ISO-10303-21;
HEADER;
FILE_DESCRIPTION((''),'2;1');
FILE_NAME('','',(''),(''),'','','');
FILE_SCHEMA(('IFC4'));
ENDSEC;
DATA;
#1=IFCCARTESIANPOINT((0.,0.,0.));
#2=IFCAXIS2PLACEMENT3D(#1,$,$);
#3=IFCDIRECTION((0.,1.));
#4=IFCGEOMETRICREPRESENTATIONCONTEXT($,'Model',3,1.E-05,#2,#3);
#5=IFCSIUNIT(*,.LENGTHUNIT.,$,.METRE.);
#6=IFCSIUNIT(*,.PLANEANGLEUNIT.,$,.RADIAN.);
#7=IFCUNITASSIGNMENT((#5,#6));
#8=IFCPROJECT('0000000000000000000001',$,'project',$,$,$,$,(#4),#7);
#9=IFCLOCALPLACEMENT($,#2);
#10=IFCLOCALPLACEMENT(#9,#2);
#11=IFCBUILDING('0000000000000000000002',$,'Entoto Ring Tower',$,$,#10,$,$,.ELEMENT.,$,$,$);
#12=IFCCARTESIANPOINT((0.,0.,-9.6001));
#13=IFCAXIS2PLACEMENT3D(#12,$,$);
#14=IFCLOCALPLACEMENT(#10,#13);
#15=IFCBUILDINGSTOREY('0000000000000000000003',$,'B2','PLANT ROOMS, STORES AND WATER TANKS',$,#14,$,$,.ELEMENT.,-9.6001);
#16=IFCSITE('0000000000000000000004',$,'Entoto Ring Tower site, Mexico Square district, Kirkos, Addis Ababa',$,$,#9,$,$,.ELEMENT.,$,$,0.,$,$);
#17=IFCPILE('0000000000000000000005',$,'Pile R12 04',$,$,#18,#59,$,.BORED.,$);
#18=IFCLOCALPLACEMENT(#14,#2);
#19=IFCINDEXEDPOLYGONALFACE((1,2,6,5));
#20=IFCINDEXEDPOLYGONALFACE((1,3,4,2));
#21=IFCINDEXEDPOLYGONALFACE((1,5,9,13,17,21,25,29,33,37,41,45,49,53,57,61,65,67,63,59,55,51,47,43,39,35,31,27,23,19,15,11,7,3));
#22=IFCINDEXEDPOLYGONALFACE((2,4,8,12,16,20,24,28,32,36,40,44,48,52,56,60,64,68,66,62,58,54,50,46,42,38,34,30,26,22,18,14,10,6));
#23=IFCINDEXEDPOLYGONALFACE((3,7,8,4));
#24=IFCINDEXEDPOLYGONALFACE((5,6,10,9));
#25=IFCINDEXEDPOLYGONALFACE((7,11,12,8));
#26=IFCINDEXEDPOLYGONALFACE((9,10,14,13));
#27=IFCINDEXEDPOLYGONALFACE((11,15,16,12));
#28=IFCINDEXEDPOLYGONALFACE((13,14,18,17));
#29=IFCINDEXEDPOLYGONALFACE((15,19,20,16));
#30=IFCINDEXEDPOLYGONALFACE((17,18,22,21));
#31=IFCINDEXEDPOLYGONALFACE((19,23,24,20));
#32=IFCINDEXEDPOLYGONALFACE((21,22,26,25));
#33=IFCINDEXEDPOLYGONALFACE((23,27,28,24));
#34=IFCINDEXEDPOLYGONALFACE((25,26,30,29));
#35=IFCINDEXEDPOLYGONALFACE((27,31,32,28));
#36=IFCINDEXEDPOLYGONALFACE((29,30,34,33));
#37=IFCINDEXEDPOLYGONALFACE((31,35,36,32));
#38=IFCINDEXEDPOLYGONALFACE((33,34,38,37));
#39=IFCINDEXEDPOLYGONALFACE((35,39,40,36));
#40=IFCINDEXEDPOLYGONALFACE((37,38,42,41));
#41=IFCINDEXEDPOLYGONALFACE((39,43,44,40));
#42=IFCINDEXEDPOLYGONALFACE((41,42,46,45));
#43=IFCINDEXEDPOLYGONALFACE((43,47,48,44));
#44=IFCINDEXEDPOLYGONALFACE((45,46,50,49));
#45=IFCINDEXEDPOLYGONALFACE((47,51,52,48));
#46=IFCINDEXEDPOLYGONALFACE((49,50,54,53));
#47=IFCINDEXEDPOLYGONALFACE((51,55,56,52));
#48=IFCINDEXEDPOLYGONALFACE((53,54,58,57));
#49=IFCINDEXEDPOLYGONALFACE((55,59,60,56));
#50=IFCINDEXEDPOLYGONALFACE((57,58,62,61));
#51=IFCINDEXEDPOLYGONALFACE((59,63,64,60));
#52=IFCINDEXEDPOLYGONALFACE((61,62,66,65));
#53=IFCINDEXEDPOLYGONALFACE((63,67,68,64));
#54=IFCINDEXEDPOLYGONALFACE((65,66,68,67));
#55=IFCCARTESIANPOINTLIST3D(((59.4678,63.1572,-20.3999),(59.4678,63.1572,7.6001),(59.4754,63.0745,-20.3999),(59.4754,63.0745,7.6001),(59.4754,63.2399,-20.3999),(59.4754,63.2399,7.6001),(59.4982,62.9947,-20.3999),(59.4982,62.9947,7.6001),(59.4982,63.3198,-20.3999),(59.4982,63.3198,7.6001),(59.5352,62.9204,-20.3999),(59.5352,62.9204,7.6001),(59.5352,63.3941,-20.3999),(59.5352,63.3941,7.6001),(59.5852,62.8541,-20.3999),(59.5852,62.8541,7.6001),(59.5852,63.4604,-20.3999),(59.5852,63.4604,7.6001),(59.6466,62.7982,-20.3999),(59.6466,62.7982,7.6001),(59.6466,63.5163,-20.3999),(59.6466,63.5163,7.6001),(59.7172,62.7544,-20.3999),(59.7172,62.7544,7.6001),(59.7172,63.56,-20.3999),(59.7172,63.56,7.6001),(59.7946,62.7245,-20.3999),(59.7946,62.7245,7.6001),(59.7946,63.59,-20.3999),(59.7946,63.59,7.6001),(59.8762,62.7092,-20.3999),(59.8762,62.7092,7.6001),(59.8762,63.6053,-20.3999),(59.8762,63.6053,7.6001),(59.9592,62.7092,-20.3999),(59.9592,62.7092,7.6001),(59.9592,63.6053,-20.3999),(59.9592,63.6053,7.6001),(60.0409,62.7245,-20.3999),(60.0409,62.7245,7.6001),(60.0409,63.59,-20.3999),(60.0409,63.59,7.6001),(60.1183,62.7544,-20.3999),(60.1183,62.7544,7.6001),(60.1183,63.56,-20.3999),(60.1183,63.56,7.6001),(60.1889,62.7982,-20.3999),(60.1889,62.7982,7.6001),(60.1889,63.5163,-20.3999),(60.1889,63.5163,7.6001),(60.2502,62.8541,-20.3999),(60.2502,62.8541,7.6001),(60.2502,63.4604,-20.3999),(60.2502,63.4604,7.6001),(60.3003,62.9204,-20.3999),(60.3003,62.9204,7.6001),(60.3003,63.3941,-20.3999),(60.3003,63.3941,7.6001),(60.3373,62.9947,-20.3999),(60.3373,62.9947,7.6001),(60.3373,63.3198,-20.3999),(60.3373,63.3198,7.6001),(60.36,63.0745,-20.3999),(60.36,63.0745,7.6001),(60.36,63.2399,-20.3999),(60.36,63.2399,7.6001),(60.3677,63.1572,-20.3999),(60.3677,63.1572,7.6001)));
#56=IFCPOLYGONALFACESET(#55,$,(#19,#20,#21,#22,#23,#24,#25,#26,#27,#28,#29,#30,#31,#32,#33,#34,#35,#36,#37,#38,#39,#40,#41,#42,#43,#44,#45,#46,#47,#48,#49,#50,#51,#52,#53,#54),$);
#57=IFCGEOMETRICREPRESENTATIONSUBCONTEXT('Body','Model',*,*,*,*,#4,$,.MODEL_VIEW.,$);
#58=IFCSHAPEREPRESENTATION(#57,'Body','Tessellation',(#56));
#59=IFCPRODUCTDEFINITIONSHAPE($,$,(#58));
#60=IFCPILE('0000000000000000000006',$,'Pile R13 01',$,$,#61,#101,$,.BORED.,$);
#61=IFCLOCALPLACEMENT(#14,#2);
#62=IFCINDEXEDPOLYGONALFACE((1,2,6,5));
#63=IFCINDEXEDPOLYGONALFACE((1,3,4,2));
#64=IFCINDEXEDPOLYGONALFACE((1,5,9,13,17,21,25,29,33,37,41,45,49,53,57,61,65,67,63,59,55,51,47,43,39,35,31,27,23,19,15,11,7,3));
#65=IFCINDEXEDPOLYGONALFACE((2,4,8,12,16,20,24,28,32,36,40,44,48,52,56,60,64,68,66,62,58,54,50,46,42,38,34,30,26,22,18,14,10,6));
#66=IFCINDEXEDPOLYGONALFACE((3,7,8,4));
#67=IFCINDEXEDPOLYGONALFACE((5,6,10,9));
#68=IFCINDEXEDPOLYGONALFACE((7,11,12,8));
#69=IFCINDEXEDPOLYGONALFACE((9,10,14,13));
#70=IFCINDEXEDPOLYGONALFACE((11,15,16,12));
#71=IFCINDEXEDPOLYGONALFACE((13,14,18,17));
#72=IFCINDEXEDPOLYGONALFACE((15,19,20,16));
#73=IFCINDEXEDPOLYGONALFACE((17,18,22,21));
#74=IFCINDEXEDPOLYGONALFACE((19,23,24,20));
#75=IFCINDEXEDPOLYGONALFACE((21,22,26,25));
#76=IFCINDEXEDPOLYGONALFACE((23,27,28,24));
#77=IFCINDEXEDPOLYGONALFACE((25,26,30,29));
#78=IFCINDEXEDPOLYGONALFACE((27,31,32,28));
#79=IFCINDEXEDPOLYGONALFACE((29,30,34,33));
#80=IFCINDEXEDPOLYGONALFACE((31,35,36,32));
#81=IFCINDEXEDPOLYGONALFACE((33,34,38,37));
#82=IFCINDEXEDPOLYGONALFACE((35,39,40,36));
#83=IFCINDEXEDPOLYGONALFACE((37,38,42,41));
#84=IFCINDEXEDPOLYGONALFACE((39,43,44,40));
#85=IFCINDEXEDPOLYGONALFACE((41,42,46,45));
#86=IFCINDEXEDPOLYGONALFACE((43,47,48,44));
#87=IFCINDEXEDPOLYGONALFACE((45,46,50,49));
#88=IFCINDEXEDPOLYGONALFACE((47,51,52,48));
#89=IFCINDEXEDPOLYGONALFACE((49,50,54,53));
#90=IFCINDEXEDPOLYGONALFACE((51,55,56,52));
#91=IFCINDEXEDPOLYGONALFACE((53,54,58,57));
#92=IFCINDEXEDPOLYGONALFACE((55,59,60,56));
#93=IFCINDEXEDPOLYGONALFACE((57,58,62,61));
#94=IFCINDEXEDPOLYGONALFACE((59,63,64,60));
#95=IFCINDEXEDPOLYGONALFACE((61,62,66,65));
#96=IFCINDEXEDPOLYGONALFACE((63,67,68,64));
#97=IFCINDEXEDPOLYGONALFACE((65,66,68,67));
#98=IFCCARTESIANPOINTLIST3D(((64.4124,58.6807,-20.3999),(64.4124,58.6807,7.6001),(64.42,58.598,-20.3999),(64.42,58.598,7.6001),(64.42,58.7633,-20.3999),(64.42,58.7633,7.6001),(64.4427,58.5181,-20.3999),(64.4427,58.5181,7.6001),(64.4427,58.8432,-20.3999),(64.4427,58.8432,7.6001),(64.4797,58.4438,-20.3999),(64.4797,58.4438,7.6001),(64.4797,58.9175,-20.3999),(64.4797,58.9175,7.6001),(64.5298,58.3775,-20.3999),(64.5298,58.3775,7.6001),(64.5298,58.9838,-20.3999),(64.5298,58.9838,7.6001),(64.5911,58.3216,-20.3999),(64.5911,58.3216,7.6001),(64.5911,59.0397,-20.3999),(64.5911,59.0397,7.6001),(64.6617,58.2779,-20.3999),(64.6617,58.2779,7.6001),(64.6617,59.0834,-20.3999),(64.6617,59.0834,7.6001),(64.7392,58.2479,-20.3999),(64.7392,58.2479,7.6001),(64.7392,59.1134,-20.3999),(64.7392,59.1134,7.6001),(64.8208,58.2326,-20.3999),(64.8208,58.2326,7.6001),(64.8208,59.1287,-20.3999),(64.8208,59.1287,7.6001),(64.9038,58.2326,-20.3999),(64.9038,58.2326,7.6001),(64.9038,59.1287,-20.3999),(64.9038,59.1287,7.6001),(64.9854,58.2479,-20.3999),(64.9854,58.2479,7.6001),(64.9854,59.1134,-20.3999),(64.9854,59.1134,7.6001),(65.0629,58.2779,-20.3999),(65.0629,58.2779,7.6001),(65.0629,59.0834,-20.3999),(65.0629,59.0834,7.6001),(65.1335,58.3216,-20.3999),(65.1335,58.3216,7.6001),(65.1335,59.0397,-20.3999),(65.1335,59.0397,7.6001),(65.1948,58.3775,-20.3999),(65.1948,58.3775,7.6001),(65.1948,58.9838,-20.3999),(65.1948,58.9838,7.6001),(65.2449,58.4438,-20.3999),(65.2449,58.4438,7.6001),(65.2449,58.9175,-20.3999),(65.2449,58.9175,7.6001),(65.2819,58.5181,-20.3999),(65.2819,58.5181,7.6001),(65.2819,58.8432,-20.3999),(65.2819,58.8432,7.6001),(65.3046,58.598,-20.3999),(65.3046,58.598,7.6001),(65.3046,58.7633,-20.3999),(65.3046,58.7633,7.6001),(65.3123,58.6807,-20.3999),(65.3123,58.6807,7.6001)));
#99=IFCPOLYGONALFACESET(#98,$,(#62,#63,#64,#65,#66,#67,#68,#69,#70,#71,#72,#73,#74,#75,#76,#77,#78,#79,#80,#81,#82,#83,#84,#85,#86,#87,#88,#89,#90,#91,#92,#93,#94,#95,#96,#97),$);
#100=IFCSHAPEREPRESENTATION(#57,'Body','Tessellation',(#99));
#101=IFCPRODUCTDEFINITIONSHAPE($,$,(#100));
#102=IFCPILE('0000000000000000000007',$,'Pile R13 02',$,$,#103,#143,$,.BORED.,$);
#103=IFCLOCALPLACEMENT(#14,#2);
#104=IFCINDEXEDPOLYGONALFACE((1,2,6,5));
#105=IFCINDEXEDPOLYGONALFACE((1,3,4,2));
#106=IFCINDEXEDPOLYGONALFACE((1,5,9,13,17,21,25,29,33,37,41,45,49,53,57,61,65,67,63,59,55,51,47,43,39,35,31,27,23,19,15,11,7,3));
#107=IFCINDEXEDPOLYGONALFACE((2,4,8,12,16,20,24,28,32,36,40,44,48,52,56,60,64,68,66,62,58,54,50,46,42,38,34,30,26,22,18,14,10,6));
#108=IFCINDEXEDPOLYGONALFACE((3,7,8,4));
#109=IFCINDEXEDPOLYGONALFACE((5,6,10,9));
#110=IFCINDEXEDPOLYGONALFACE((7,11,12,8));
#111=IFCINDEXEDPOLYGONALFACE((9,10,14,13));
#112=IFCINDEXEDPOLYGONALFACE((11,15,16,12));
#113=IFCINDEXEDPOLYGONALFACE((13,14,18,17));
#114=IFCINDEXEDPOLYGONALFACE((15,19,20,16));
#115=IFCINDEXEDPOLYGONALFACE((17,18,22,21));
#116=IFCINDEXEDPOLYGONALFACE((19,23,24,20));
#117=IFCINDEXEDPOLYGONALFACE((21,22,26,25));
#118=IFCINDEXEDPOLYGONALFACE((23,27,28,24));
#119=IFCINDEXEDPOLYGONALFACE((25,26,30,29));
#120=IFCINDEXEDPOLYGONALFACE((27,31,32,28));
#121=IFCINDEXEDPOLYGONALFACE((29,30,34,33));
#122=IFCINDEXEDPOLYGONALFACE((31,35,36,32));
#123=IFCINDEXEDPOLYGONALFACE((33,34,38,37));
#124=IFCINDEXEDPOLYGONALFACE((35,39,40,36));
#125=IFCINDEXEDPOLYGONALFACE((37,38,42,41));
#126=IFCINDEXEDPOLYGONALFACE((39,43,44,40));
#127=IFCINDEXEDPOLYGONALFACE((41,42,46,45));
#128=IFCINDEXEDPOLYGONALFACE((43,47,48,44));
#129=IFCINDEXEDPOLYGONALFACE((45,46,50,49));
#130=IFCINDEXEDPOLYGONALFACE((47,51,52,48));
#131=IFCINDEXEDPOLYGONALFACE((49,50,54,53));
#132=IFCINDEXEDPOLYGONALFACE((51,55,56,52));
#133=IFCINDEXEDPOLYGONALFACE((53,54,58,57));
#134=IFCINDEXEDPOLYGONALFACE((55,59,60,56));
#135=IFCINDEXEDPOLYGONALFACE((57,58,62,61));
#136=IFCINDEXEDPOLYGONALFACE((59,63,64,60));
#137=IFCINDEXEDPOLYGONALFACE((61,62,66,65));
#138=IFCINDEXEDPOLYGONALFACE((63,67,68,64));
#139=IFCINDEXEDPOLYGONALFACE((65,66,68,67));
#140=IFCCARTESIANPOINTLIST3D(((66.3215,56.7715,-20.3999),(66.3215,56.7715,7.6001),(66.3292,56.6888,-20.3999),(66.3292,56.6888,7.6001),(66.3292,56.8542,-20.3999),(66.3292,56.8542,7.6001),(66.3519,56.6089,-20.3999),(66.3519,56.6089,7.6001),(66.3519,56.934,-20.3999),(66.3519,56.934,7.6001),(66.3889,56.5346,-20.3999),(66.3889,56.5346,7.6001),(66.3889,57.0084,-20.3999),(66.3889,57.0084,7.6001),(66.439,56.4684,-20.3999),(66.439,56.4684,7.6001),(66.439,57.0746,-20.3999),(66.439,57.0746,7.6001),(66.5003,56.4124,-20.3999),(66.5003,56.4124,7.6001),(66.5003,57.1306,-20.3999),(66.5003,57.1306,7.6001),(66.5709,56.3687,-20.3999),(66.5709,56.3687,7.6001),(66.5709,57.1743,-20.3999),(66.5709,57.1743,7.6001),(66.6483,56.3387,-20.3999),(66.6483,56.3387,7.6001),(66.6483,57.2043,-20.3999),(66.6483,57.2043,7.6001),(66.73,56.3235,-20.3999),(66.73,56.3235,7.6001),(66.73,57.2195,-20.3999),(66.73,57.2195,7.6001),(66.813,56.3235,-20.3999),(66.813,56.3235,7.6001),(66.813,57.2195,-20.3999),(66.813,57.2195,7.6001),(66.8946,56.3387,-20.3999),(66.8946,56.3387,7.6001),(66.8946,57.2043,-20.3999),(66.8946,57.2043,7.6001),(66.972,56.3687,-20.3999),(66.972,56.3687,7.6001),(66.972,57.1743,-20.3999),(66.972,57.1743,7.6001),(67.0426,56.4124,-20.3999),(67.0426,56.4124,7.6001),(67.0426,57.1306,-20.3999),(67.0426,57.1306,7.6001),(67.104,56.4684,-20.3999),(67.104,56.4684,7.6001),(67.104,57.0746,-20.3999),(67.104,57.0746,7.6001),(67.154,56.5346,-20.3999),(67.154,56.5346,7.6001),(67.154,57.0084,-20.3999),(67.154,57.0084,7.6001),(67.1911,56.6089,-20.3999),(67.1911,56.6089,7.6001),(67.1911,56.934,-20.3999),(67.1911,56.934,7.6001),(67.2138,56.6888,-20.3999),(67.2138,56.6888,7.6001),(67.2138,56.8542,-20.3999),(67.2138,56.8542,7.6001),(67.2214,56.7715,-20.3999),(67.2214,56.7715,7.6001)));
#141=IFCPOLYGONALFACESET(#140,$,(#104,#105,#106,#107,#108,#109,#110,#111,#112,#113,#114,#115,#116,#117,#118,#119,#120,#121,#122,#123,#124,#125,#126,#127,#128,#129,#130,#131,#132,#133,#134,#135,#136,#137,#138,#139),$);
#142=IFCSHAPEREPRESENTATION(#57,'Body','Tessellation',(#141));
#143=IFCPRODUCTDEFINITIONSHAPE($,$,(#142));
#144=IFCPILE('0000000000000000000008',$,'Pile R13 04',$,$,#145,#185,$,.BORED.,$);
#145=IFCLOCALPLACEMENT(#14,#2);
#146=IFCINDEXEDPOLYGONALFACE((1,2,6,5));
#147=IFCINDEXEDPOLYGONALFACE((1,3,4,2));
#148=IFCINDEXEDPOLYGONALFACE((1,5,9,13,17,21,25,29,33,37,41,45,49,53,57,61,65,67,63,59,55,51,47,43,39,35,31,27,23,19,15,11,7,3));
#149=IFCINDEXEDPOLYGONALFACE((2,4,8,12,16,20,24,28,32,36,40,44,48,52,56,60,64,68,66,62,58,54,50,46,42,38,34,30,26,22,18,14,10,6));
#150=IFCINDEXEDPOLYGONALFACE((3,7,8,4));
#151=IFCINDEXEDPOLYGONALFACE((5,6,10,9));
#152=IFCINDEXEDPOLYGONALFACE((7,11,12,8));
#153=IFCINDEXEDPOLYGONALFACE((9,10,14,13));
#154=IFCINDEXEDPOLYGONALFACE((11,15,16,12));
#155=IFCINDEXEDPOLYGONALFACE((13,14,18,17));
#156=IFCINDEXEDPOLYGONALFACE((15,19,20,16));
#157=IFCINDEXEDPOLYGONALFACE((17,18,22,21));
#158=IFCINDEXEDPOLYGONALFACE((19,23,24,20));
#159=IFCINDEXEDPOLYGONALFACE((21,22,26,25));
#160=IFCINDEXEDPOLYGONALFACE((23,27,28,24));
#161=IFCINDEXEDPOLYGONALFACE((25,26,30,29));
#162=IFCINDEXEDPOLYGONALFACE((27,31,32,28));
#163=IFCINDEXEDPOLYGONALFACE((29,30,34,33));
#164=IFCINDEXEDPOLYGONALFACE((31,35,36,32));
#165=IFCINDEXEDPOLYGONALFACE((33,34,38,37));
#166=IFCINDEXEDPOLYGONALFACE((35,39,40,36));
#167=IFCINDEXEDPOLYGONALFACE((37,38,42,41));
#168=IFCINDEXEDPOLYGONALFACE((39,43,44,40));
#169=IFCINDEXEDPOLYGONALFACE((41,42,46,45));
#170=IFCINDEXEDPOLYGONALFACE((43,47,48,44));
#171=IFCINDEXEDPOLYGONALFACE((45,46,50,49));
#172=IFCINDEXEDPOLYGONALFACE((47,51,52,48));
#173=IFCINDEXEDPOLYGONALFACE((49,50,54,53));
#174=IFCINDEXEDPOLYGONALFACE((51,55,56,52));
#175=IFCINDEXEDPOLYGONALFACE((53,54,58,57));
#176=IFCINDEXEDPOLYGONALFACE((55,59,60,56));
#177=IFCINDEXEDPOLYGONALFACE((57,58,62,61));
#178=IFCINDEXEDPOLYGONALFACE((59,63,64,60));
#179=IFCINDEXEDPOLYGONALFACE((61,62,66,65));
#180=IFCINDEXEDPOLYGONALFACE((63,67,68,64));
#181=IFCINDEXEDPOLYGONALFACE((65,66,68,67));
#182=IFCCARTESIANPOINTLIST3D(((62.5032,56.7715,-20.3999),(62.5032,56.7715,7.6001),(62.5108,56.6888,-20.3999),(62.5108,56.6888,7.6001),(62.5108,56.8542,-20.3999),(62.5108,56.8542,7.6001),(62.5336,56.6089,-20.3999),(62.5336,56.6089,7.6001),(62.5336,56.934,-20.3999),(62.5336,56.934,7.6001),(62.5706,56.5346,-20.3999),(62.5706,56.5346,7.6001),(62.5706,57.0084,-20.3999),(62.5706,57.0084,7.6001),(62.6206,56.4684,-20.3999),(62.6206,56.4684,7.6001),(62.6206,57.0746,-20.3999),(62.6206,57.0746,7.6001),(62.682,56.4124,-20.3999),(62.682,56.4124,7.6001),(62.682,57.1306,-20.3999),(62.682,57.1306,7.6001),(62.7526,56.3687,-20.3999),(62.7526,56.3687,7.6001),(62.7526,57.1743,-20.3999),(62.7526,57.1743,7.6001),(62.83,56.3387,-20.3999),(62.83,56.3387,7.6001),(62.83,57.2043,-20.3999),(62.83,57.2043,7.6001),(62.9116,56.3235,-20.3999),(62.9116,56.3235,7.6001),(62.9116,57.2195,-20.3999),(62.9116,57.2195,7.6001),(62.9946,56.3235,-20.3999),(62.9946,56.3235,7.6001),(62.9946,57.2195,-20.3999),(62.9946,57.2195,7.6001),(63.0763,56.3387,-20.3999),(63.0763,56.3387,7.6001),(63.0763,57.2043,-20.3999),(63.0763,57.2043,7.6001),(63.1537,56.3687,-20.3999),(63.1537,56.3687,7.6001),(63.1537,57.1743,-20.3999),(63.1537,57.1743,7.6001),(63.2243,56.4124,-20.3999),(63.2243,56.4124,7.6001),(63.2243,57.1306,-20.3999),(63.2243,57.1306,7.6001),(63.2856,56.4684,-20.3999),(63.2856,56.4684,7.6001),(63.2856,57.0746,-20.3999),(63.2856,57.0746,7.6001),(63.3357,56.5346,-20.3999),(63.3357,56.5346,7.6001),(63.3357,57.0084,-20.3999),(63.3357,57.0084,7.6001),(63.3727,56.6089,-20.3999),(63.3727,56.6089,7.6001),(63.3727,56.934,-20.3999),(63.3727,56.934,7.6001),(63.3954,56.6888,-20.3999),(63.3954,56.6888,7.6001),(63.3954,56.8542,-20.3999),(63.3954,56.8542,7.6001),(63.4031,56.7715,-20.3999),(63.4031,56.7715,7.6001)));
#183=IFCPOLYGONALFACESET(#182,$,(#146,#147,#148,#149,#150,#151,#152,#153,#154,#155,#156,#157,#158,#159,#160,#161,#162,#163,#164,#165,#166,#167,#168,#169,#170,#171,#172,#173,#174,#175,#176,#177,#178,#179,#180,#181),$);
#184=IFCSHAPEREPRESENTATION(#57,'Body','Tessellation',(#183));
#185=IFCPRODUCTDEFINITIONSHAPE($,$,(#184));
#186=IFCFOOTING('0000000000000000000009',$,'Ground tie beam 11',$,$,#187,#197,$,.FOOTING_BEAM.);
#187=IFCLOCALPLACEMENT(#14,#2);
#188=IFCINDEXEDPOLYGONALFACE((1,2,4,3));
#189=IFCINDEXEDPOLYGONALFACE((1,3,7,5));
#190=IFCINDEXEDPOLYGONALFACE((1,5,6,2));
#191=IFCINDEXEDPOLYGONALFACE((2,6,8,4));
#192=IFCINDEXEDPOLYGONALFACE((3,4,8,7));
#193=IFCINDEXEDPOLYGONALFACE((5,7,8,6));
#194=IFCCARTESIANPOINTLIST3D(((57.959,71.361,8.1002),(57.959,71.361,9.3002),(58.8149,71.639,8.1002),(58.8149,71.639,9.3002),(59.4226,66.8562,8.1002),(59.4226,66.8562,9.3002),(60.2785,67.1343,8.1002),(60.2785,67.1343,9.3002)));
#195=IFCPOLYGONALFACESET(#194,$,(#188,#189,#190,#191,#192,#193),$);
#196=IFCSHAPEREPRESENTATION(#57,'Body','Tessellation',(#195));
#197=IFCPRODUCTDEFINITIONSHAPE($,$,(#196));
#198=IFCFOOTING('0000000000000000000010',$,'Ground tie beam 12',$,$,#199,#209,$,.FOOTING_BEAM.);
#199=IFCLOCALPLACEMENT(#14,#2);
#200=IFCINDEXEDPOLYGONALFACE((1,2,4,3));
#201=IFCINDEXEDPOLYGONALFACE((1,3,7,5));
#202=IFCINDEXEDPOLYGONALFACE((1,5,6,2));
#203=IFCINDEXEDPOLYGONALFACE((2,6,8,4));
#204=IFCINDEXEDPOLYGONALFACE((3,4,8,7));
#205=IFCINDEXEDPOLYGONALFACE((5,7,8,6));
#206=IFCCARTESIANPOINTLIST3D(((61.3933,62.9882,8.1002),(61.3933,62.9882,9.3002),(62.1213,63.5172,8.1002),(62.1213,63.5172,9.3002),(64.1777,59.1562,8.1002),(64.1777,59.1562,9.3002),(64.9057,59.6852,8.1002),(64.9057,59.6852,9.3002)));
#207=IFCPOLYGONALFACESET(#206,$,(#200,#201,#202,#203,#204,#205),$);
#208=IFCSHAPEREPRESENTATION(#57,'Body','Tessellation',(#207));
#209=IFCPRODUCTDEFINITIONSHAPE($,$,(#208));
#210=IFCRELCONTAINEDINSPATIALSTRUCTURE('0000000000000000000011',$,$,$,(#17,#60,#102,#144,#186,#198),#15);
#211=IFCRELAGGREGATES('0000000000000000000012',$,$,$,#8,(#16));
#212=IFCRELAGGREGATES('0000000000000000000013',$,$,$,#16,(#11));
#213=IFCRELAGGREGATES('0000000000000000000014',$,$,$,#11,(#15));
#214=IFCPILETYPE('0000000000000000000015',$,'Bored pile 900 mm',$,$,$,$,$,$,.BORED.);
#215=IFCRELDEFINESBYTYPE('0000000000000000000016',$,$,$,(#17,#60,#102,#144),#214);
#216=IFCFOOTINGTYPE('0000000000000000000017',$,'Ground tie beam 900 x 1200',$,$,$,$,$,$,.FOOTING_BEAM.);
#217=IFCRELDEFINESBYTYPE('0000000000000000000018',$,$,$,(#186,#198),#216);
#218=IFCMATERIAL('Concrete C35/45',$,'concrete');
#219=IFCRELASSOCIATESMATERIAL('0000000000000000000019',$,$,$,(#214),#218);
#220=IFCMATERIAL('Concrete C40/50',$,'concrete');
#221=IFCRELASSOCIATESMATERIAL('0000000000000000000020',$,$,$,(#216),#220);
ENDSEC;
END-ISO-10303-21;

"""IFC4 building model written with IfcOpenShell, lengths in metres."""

from ifc_helpers import new_model, si_unit, direction, frame, origin, origin_2d, place, context, subcontext, project, spatial, rectangle, circle, extrude, material, material_profile, profile_set, type_object, element, save


model = new_model("IFC4")

# Units and contexts
model_context = context("Model", 3, precision=1e-05, world=origin(), true_north=direction((0.0, 1.0)))
body_context = subcontext(model_context, "Body", "Model", "MODEL_VIEW")
ifc_project = project(units=[si_unit("LENGTHUNIT", "METRE"), si_unit("PLANEANGLEUNIT", "RADIAN")], contexts=[model_context])

# Site, building, storey
site_placement = place(None, origin())
site = spatial("IfcSite", under=ifc_project, at=site_placement, Name="Entoto Ring Tower site, Mexico Square district, Kirkos, Addis Ababa", CompositionType="ELEMENT", RefElevation=0.0)
building_placement = place(site_placement, origin())
building = spatial("IfcBuilding", under=site, at=building_placement, Name="Entoto Ring Tower", CompositionType="ELEMENT")
storey_placement = place(building_placement, frame((0.0, 0.0, -9.6001)))
storey = spatial("IfcBuildingStorey", under=building, at=storey_placement, Name="B2", Description="PLANT ROOMS, STORES AND WATER TANKS", CompositionType="ELEMENT", Elevation=-9.6001)

# Piles
ifc_material_1 = material(Name="Concrete C35/45", Category="concrete")
ifc_material_profile_1 = material_profile(ifc_material_1, circle(Radius=0.45, at=origin_2d()), Name="Bored pile 900 mm")
ifc_profile_set_1 = profile_set([ifc_material_profile_1], Name="Concrete C35/45")
pile_type = type_object("IfcPileType", Name="Bored pile 900 mm", PredefinedType="BORED", material=ifc_profile_set_1)
for number, where, z_axis, x_axis, name in (
    (1, (59.9177, 63.1572, 7.6001), (0.0, 0.0, -1.0), (1.0, 0.0, 0.0), "Pile R12 04"),
    (2, (64.8623, 58.6807, 7.6001), (0.0, 0.0, -1.0), (1.0, 0.0, 0.0), "Pile R13 01"),
    (3, (66.7715, 56.7715, 7.6001), (0.0, 0.0, -1.0), (1.0, 0.0, 0.0), "Pile R13 02"),
    (4, (62.9531, 56.7715, 7.6001), (0.0, 0.0, -1.0), (1.0, 0.0, 0.0), "Pile R13 04"),
):
    element("IfcPile", number, at=place(storey_placement, frame(where, z_axis=z_axis, x_axis=x_axis)), inside=storey, type_object=pile_type, Name=name, PredefinedType="BORED", context=body_context, shape_type="SweptSolid", body=[
        extrude(circle(Radius=0.45, at=origin_2d()), origin(), (0.0, 0.0, 1.0), 28.0),
    ])

# Footings
ifc_material_2 = material(Name="Concrete C40/50", Category="concrete")
ifc_material_profile_2 = material_profile(ifc_material_2, rectangle(XDim=0.8999, YDim=1.2, at=origin_2d()), Name="Ground tie beam 900 x 1200")
ifc_profile_set_2 = profile_set([ifc_material_profile_2], Name="Concrete C40/50")
footing_type_1 = type_object("IfcFootingType", Name="Ground tie beam 900 x 1200", PredefinedType="FOOTING_BEAM", material=ifc_profile_set_2)
footing_1_placement = place(storey_placement, frame((58.387, 71.5, 8.7002), z_axis=(0.308997, -0.951063, 0.0), x_axis=(0.951063, 0.308997, 0.0)))
element("IfcFooting", 5, at=footing_1_placement, inside=storey, type_object=footing_type_1, Name="Ground tie beam 11", PredefinedType="FOOTING_BEAM", context=body_context, shape_type="SweptSolid", body=[
    extrude(rectangle(XDim=0.8999, YDim=1.2, at=origin_2d()), origin(), (0.0, 0.0, 1.0), 4.7366),
])
footing_2_placement = place(storey_placement, frame((61.7573, 63.2527, 8.7002), z_axis=(0.587825, -0.808988, 0.0), x_axis=(0.808988, 0.587825, 0.0)))
element("IfcFooting", 6, at=footing_2_placement, inside=storey, type_object=footing_type_1, Name="Ground tie beam 12", PredefinedType="FOOTING_BEAM", context=body_context, shape_type="SweptSolid", body=[
    extrude(rectangle(XDim=0.8999, YDim=1.2, at=origin_2d()), origin(), (0.0, 0.0, 1.0), 4.7368),
])

save(model, "model.ifc")
